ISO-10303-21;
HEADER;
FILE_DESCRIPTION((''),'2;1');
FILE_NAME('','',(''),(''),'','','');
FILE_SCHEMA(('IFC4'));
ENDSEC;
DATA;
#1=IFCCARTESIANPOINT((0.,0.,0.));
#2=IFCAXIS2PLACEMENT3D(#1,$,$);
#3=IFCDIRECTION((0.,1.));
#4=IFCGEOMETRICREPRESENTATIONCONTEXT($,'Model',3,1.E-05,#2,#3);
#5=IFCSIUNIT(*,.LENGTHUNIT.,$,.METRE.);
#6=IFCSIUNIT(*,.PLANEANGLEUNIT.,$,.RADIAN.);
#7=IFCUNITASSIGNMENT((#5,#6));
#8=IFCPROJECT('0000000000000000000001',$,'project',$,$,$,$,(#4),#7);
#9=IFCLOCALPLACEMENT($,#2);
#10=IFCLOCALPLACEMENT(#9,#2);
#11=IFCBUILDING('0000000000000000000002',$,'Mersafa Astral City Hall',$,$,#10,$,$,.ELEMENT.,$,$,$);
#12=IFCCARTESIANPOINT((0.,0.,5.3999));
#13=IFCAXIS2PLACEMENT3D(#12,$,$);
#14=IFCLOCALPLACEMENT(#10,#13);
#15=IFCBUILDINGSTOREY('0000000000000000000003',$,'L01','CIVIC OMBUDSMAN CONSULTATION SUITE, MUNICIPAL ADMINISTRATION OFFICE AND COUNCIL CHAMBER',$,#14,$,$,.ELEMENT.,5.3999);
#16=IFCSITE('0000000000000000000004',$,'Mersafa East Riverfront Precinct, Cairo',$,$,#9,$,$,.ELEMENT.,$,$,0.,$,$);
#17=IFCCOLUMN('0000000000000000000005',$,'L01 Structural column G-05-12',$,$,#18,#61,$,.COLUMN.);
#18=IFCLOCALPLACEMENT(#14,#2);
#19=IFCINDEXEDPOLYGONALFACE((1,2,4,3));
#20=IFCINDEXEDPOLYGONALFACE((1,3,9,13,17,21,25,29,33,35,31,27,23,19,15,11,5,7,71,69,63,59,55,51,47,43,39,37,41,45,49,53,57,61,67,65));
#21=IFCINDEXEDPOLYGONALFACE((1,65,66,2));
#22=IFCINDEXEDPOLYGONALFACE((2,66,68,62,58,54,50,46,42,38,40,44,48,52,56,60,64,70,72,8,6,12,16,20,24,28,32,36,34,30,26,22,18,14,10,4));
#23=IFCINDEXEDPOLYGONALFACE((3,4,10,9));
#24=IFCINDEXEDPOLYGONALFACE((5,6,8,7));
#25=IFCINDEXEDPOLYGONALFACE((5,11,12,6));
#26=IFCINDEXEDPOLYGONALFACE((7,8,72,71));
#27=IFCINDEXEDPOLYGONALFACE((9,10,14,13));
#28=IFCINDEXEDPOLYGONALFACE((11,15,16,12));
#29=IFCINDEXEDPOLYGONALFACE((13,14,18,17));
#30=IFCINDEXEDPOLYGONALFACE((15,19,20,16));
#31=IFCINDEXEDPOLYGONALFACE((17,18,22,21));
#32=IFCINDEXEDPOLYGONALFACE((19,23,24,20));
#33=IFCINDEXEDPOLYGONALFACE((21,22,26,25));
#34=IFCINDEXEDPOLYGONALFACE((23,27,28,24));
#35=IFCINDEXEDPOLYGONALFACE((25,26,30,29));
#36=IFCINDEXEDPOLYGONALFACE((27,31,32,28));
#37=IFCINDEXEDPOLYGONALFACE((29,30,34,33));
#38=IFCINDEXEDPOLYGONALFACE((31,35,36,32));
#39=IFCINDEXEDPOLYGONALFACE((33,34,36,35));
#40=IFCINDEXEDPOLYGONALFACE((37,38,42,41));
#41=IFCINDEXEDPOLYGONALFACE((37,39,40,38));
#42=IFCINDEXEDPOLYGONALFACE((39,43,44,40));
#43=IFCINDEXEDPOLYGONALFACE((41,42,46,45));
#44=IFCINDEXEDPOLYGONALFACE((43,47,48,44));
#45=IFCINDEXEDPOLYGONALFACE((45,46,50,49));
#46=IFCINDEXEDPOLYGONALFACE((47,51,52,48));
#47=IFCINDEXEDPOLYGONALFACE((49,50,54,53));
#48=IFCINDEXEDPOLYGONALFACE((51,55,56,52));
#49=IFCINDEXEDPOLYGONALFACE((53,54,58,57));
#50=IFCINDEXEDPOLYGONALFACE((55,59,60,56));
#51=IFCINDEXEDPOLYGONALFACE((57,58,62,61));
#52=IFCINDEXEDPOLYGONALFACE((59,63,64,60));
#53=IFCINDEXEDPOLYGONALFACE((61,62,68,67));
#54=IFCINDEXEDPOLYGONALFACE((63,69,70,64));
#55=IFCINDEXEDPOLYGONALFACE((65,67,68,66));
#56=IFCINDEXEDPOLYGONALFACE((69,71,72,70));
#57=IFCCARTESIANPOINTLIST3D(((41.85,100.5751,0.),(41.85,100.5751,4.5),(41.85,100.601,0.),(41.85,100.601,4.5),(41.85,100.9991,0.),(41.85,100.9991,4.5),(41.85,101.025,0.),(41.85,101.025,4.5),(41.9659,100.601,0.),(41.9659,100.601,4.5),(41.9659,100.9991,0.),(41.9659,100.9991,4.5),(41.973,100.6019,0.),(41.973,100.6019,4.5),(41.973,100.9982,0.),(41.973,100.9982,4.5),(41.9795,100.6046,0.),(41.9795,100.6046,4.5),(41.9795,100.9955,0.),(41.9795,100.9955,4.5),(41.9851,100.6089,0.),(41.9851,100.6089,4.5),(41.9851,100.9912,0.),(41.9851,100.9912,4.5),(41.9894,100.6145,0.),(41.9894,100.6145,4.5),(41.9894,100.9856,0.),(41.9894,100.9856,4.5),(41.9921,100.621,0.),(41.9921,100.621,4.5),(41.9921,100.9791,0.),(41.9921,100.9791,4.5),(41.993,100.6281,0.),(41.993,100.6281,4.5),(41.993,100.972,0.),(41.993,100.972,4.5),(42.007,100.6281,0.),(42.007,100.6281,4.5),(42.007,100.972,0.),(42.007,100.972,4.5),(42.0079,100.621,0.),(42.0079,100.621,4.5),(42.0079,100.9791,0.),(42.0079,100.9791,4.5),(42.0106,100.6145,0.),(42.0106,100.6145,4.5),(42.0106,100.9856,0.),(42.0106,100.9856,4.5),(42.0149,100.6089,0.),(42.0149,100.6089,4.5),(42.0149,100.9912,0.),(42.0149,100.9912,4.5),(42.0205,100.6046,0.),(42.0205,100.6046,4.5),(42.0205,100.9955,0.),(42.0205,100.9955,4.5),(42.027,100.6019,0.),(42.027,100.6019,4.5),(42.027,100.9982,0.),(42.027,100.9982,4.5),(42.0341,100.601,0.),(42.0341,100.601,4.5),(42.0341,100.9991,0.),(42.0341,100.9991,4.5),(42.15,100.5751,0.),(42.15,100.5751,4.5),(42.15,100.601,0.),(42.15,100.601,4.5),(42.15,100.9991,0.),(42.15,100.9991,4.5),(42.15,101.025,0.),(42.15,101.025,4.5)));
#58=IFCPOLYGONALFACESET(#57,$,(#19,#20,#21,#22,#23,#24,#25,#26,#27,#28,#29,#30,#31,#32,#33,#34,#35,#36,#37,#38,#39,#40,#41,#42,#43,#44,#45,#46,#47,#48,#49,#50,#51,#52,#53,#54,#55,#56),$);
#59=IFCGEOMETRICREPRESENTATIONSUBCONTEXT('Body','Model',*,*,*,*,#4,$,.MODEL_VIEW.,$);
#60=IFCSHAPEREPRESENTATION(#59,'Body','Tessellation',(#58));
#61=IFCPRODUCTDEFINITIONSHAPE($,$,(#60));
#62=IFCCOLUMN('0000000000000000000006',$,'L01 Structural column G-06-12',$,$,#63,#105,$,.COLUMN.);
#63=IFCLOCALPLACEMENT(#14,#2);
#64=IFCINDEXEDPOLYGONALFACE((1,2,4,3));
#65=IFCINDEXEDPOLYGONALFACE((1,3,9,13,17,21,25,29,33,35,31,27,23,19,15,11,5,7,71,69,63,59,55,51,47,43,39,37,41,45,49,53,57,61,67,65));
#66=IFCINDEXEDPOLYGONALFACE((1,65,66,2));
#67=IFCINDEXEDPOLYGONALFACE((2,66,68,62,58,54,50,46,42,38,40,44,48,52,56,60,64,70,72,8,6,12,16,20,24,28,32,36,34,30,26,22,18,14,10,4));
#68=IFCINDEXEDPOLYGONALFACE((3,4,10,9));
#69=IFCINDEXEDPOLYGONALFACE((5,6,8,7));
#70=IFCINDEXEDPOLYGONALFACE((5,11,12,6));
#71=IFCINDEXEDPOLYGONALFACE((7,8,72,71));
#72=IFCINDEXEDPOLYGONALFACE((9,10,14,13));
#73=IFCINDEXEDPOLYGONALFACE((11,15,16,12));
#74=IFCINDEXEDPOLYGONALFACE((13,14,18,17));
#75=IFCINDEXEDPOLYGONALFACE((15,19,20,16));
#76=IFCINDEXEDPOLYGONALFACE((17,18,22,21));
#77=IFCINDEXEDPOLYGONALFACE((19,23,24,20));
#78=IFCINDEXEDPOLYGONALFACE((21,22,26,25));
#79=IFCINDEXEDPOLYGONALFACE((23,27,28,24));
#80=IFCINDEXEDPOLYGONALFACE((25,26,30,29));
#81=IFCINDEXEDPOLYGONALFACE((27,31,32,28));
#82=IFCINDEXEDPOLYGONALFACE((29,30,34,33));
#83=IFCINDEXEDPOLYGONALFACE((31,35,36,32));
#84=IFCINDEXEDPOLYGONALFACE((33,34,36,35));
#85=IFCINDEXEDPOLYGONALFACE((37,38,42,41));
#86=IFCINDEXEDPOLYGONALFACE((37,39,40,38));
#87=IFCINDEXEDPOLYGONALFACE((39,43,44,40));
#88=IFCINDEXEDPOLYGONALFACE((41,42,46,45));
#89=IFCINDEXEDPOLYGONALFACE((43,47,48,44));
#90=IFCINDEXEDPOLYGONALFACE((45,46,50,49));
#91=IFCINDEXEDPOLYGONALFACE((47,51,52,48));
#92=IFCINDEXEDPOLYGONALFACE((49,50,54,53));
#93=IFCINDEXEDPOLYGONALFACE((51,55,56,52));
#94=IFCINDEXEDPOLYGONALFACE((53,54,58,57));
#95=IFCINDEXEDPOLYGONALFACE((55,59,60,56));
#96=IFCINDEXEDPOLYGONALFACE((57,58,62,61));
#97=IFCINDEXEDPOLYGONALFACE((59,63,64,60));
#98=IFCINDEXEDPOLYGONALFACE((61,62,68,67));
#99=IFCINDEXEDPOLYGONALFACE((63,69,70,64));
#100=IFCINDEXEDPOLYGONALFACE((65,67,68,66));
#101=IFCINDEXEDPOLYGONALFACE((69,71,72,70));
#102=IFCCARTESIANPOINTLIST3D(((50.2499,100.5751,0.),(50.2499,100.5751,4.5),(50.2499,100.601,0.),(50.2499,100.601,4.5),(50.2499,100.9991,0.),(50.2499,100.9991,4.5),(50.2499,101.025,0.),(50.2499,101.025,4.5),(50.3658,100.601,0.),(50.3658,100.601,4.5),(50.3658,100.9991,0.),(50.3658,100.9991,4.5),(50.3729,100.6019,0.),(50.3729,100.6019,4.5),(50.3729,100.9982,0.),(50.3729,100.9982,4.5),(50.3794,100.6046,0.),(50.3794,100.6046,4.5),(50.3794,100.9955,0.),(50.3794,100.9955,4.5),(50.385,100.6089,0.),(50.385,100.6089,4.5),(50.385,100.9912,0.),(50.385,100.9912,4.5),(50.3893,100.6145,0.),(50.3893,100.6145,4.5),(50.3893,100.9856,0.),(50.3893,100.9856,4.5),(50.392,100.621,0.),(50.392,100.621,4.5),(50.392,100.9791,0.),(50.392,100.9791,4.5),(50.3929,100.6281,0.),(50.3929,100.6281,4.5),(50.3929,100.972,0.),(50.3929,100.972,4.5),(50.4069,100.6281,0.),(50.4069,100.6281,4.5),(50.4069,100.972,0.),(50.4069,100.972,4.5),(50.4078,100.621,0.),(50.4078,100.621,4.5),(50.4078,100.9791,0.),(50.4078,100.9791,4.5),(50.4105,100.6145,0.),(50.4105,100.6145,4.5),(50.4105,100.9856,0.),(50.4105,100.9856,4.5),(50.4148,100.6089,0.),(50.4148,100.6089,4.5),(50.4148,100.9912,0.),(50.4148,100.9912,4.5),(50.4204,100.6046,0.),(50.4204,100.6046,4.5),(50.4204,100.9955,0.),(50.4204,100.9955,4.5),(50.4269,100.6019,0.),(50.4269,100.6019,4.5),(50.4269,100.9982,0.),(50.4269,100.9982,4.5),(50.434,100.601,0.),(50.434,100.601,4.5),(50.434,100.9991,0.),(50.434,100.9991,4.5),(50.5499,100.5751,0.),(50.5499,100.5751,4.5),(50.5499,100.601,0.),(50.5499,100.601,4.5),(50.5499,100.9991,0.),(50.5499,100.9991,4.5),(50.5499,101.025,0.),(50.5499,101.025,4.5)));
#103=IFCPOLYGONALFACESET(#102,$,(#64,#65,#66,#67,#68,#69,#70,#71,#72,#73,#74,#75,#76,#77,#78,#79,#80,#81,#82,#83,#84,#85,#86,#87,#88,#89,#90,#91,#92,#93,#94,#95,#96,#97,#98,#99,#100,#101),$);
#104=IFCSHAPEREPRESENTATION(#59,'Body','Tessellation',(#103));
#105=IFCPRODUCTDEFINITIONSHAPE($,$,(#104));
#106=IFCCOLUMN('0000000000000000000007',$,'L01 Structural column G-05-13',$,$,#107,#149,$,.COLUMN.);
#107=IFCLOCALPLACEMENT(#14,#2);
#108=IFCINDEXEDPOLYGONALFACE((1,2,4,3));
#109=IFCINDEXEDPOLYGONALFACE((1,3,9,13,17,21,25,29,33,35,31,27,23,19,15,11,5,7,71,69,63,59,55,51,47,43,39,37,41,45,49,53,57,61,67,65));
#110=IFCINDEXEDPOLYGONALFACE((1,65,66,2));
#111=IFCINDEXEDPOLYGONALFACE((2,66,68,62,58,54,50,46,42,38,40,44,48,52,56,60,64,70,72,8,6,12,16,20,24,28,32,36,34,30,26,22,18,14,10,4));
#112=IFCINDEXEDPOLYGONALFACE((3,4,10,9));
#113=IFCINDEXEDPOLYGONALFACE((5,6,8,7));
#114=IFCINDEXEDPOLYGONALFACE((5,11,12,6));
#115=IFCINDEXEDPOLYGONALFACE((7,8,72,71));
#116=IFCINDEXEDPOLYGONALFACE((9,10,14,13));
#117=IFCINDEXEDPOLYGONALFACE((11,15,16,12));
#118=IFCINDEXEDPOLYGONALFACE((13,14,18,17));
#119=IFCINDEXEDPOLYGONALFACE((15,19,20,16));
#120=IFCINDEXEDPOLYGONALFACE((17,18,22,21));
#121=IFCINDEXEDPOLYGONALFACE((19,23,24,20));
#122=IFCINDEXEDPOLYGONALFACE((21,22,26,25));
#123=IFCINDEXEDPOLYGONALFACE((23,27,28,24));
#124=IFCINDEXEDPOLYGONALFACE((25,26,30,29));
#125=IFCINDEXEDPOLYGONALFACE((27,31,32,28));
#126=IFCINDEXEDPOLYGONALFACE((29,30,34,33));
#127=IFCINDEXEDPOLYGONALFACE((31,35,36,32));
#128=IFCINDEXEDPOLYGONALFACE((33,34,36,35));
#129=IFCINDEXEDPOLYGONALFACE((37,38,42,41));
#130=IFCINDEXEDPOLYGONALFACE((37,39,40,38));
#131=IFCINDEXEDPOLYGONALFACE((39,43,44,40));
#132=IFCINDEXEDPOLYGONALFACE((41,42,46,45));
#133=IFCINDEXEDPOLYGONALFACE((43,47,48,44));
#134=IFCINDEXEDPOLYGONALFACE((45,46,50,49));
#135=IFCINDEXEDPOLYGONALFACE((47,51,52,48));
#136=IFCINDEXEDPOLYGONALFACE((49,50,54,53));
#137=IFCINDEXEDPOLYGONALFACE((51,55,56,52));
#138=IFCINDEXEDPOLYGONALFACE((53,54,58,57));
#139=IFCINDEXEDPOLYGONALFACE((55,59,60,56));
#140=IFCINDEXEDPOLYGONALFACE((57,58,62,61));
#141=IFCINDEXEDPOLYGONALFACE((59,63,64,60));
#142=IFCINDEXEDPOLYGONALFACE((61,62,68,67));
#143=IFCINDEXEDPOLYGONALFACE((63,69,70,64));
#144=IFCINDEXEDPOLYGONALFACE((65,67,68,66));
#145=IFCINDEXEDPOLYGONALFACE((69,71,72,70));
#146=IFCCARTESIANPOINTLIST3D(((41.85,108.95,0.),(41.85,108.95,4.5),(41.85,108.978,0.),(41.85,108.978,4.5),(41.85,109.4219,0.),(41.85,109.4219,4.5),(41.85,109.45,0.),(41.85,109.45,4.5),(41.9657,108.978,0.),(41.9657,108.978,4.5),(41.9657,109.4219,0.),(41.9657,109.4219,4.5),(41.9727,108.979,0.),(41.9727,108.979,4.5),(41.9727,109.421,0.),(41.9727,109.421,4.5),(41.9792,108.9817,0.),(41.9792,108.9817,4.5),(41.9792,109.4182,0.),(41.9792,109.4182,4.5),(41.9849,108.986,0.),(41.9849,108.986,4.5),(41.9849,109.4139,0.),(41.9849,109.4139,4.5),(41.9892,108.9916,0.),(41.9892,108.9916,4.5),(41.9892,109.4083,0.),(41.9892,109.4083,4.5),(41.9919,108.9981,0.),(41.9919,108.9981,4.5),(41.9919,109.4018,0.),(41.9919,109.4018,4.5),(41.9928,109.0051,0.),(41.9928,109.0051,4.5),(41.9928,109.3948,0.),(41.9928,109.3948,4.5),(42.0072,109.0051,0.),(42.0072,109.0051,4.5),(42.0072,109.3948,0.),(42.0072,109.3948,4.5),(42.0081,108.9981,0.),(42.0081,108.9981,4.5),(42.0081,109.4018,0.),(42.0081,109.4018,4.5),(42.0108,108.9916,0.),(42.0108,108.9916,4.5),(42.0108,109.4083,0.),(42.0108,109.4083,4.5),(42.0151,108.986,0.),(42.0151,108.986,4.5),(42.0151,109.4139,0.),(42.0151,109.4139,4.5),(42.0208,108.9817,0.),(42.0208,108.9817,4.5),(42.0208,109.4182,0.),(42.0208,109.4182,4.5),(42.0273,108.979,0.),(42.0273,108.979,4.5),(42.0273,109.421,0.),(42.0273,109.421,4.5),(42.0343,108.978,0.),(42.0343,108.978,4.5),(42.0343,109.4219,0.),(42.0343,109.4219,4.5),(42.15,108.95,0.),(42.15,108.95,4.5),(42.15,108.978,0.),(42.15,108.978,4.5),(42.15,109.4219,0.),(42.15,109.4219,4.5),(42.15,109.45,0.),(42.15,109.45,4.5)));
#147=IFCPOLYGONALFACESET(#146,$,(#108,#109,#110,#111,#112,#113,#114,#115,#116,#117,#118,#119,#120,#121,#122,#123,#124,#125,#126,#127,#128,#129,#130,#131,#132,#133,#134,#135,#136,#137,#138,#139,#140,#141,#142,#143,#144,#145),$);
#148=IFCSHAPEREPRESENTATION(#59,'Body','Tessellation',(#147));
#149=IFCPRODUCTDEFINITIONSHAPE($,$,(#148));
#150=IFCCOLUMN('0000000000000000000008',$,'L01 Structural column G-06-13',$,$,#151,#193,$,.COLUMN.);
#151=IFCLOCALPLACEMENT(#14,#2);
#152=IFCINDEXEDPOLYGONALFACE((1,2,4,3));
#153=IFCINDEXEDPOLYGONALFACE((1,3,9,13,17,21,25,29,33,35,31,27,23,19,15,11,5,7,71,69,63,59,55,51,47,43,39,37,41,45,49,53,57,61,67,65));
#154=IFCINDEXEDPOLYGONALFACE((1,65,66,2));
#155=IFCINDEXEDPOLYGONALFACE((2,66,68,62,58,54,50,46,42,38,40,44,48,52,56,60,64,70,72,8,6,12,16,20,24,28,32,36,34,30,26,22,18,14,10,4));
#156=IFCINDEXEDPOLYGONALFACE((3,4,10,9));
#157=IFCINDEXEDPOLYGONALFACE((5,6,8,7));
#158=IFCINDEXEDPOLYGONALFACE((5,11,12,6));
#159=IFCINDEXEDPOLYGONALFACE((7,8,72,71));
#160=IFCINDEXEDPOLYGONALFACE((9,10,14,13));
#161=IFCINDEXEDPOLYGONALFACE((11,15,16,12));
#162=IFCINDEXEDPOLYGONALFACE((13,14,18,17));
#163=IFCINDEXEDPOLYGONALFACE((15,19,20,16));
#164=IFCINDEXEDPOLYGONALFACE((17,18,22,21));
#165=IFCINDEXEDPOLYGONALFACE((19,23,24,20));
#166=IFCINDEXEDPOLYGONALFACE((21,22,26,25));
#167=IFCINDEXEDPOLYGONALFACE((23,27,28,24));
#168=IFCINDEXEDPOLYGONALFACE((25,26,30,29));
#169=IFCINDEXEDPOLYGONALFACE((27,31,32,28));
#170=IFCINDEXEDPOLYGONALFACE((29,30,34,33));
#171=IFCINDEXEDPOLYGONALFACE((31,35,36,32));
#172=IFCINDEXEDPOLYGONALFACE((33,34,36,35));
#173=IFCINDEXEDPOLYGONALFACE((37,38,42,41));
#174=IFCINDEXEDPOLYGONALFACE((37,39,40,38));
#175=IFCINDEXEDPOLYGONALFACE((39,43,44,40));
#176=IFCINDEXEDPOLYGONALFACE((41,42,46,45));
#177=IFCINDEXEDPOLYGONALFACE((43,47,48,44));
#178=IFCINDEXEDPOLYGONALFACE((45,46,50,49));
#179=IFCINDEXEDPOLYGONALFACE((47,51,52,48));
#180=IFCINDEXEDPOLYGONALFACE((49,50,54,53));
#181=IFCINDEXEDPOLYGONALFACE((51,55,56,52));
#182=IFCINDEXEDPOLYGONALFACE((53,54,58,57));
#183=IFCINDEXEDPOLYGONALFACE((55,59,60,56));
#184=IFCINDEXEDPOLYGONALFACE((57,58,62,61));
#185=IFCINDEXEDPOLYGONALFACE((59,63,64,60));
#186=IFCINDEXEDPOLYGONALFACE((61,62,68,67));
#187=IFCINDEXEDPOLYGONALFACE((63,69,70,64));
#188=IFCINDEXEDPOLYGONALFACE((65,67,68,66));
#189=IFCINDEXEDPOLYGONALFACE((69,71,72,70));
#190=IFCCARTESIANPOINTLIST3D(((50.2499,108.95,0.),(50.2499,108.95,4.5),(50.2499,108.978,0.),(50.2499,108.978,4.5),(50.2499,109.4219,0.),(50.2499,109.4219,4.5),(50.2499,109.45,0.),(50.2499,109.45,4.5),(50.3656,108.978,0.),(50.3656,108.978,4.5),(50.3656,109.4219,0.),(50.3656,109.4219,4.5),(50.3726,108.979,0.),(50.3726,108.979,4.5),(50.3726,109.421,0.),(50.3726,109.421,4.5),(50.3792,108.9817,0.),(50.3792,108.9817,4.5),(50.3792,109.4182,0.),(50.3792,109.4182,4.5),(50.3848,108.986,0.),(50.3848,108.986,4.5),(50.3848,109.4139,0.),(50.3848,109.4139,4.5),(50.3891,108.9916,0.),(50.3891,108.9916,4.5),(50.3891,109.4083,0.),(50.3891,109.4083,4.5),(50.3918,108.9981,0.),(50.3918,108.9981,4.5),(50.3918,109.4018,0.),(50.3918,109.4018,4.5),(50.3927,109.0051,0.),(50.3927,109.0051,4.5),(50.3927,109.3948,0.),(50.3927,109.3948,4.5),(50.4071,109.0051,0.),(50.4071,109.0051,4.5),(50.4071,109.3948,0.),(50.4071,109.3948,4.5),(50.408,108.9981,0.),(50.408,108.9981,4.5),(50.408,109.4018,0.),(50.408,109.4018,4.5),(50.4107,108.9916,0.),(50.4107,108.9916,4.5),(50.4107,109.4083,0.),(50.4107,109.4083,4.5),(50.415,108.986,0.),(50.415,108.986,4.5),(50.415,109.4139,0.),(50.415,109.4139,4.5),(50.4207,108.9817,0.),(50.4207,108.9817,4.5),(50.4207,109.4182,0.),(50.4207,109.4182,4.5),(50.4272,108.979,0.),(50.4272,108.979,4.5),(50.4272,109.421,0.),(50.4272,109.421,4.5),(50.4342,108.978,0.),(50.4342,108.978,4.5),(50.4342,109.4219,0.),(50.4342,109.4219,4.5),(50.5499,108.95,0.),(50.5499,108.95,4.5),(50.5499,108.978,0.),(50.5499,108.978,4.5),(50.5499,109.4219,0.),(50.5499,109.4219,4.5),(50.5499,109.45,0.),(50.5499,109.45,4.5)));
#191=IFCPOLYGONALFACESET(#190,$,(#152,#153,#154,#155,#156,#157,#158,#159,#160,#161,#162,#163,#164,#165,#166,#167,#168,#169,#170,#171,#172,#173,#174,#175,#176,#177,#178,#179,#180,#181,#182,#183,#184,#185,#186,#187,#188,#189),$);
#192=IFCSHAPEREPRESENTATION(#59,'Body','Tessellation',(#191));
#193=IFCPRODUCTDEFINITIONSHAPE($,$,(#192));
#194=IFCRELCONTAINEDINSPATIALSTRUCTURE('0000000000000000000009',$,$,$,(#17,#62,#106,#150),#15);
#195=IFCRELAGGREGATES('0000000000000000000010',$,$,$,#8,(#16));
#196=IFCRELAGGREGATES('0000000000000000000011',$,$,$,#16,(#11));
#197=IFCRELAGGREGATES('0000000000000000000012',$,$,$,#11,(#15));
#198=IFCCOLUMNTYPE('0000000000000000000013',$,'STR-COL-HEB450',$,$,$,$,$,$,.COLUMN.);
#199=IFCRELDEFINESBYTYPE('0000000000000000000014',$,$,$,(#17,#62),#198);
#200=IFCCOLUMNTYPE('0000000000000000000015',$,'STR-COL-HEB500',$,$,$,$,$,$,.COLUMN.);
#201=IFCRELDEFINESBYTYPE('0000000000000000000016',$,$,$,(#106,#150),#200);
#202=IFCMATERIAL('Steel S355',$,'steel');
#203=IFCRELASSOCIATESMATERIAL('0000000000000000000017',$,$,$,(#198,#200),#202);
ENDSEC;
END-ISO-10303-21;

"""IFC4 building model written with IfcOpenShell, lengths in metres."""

from ifc_helpers import new_model, si_unit, direction, frame, origin, origin_2d, place, context, subcontext, project, spatial, i_section, extrude, material, material_profile, profile_set, type_object, element, save


model = new_model("IFC4")

# Units and contexts
model_context = context("Model", 3, precision=1e-05, world=origin(), true_north=direction((0.0, 1.0)))
body_context = subcontext(model_context, "Body", "Model", "MODEL_VIEW")
ifc_project = project(units=[si_unit("LENGTHUNIT", "METRE"), si_unit("PLANEANGLEUNIT", "RADIAN")], contexts=[model_context])

# Site, building, storey
site_placement = place(None, origin())
site = spatial("IfcSite", under=ifc_project, at=site_placement, Name="Mersafa East Riverfront Precinct, Cairo", CompositionType="ELEMENT", RefElevation=0.0)
building_placement = place(site_placement, origin())
building = spatial("IfcBuilding", under=site, at=building_placement, Name="Mersafa Astral City Hall", CompositionType="ELEMENT")
storey_placement = place(building_placement, frame((0.0, 0.0, 5.3999)))
storey = spatial("IfcBuildingStorey", under=building, at=storey_placement, Name="L01", Description="CIVIC OMBUDSMAN CONSULTATION SUITE, MUNICIPAL ADMINISTRATION OFFICE AND COUNCIL CHAMBER", CompositionType="ELEMENT", Elevation=5.3999)

# Columns
ifc_material_1 = material(Name="Steel S355", Category="steel")
ifc_material_profile_1 = material_profile(ifc_material_1, i_section(OverallWidth=0.3, OverallDepth=0.45, WebThickness=0.0139, FlangeThickness=0.0259, FilletRadius=0.0271, at=origin_2d()), Name="HEB 450")
ifc_profile_set_1 = profile_set([ifc_material_profile_1], Name="Steel S355")
column_type_1 = type_object("IfcColumnType", Name="STR-COL-HEB450", PredefinedType="COLUMN", material=ifc_profile_set_1)
for number, where, z_axis, x_axis, name in (
    (1, (42.0, 100.8, 0.0), (0.0, 0.0, 1.0), (1.0, 0.0, 0.0), "L01 Structural column G-05-12"),
    (2, (50.3999, 100.8, 0.0), (0.0, 0.0, 1.0), (1.0, 0.0, 0.0), "L01 Structural column G-06-12"),
):
    element("IfcColumn", number, at=place(storey_placement, frame(where, z_axis=z_axis, x_axis=x_axis)), inside=storey, type_object=column_type_1, Name=name, PredefinedType="COLUMN", context=body_context, shape_type="SweptSolid", body=[
        extrude(i_section(OverallWidth=0.3, OverallDepth=0.45, WebThickness=0.0139, FlangeThickness=0.0259, FilletRadius=0.0271, at=origin_2d()), origin(), (0.0, 0.0, 1.0), 4.5),
    ])
ifc_material_profile_2 = material_profile(ifc_material_1, i_section(OverallWidth=0.3, OverallDepth=0.5, WebThickness=0.0144, FlangeThickness=0.0281, FilletRadius=0.0271, at=origin_2d()), Name="HEB 500")
ifc_profile_set_2 = profile_set([ifc_material_profile_2], Name="Steel S355")
column_type_2 = type_object("IfcColumnType", Name="STR-COL-HEB500", PredefinedType="COLUMN", material=ifc_profile_set_2)
for number, where, z_axis, x_axis, name in (
    (3, (42.0, 109.2, 0.0), (0.0, 0.0, 1.0), (1.0, 0.0, 0.0), "L01 Structural column G-05-13"),
    (4, (50.3999, 109.2, 0.0), (0.0, 0.0, 1.0), (1.0, 0.0, 0.0), "L01 Structural column G-06-13"),
):
    element("IfcColumn", number, at=place(storey_placement, frame(where, z_axis=z_axis, x_axis=x_axis)), inside=storey, type_object=column_type_2, Name=name, PredefinedType="COLUMN", context=body_context, shape_type="SweptSolid", body=[
        extrude(i_section(OverallWidth=0.3, OverallDepth=0.5, WebThickness=0.0144, FlangeThickness=0.0281, FilletRadius=0.0271, at=origin_2d()), origin(), (0.0, 0.0, 1.0), 4.5),
    ])

save(model, "model.ifc")
